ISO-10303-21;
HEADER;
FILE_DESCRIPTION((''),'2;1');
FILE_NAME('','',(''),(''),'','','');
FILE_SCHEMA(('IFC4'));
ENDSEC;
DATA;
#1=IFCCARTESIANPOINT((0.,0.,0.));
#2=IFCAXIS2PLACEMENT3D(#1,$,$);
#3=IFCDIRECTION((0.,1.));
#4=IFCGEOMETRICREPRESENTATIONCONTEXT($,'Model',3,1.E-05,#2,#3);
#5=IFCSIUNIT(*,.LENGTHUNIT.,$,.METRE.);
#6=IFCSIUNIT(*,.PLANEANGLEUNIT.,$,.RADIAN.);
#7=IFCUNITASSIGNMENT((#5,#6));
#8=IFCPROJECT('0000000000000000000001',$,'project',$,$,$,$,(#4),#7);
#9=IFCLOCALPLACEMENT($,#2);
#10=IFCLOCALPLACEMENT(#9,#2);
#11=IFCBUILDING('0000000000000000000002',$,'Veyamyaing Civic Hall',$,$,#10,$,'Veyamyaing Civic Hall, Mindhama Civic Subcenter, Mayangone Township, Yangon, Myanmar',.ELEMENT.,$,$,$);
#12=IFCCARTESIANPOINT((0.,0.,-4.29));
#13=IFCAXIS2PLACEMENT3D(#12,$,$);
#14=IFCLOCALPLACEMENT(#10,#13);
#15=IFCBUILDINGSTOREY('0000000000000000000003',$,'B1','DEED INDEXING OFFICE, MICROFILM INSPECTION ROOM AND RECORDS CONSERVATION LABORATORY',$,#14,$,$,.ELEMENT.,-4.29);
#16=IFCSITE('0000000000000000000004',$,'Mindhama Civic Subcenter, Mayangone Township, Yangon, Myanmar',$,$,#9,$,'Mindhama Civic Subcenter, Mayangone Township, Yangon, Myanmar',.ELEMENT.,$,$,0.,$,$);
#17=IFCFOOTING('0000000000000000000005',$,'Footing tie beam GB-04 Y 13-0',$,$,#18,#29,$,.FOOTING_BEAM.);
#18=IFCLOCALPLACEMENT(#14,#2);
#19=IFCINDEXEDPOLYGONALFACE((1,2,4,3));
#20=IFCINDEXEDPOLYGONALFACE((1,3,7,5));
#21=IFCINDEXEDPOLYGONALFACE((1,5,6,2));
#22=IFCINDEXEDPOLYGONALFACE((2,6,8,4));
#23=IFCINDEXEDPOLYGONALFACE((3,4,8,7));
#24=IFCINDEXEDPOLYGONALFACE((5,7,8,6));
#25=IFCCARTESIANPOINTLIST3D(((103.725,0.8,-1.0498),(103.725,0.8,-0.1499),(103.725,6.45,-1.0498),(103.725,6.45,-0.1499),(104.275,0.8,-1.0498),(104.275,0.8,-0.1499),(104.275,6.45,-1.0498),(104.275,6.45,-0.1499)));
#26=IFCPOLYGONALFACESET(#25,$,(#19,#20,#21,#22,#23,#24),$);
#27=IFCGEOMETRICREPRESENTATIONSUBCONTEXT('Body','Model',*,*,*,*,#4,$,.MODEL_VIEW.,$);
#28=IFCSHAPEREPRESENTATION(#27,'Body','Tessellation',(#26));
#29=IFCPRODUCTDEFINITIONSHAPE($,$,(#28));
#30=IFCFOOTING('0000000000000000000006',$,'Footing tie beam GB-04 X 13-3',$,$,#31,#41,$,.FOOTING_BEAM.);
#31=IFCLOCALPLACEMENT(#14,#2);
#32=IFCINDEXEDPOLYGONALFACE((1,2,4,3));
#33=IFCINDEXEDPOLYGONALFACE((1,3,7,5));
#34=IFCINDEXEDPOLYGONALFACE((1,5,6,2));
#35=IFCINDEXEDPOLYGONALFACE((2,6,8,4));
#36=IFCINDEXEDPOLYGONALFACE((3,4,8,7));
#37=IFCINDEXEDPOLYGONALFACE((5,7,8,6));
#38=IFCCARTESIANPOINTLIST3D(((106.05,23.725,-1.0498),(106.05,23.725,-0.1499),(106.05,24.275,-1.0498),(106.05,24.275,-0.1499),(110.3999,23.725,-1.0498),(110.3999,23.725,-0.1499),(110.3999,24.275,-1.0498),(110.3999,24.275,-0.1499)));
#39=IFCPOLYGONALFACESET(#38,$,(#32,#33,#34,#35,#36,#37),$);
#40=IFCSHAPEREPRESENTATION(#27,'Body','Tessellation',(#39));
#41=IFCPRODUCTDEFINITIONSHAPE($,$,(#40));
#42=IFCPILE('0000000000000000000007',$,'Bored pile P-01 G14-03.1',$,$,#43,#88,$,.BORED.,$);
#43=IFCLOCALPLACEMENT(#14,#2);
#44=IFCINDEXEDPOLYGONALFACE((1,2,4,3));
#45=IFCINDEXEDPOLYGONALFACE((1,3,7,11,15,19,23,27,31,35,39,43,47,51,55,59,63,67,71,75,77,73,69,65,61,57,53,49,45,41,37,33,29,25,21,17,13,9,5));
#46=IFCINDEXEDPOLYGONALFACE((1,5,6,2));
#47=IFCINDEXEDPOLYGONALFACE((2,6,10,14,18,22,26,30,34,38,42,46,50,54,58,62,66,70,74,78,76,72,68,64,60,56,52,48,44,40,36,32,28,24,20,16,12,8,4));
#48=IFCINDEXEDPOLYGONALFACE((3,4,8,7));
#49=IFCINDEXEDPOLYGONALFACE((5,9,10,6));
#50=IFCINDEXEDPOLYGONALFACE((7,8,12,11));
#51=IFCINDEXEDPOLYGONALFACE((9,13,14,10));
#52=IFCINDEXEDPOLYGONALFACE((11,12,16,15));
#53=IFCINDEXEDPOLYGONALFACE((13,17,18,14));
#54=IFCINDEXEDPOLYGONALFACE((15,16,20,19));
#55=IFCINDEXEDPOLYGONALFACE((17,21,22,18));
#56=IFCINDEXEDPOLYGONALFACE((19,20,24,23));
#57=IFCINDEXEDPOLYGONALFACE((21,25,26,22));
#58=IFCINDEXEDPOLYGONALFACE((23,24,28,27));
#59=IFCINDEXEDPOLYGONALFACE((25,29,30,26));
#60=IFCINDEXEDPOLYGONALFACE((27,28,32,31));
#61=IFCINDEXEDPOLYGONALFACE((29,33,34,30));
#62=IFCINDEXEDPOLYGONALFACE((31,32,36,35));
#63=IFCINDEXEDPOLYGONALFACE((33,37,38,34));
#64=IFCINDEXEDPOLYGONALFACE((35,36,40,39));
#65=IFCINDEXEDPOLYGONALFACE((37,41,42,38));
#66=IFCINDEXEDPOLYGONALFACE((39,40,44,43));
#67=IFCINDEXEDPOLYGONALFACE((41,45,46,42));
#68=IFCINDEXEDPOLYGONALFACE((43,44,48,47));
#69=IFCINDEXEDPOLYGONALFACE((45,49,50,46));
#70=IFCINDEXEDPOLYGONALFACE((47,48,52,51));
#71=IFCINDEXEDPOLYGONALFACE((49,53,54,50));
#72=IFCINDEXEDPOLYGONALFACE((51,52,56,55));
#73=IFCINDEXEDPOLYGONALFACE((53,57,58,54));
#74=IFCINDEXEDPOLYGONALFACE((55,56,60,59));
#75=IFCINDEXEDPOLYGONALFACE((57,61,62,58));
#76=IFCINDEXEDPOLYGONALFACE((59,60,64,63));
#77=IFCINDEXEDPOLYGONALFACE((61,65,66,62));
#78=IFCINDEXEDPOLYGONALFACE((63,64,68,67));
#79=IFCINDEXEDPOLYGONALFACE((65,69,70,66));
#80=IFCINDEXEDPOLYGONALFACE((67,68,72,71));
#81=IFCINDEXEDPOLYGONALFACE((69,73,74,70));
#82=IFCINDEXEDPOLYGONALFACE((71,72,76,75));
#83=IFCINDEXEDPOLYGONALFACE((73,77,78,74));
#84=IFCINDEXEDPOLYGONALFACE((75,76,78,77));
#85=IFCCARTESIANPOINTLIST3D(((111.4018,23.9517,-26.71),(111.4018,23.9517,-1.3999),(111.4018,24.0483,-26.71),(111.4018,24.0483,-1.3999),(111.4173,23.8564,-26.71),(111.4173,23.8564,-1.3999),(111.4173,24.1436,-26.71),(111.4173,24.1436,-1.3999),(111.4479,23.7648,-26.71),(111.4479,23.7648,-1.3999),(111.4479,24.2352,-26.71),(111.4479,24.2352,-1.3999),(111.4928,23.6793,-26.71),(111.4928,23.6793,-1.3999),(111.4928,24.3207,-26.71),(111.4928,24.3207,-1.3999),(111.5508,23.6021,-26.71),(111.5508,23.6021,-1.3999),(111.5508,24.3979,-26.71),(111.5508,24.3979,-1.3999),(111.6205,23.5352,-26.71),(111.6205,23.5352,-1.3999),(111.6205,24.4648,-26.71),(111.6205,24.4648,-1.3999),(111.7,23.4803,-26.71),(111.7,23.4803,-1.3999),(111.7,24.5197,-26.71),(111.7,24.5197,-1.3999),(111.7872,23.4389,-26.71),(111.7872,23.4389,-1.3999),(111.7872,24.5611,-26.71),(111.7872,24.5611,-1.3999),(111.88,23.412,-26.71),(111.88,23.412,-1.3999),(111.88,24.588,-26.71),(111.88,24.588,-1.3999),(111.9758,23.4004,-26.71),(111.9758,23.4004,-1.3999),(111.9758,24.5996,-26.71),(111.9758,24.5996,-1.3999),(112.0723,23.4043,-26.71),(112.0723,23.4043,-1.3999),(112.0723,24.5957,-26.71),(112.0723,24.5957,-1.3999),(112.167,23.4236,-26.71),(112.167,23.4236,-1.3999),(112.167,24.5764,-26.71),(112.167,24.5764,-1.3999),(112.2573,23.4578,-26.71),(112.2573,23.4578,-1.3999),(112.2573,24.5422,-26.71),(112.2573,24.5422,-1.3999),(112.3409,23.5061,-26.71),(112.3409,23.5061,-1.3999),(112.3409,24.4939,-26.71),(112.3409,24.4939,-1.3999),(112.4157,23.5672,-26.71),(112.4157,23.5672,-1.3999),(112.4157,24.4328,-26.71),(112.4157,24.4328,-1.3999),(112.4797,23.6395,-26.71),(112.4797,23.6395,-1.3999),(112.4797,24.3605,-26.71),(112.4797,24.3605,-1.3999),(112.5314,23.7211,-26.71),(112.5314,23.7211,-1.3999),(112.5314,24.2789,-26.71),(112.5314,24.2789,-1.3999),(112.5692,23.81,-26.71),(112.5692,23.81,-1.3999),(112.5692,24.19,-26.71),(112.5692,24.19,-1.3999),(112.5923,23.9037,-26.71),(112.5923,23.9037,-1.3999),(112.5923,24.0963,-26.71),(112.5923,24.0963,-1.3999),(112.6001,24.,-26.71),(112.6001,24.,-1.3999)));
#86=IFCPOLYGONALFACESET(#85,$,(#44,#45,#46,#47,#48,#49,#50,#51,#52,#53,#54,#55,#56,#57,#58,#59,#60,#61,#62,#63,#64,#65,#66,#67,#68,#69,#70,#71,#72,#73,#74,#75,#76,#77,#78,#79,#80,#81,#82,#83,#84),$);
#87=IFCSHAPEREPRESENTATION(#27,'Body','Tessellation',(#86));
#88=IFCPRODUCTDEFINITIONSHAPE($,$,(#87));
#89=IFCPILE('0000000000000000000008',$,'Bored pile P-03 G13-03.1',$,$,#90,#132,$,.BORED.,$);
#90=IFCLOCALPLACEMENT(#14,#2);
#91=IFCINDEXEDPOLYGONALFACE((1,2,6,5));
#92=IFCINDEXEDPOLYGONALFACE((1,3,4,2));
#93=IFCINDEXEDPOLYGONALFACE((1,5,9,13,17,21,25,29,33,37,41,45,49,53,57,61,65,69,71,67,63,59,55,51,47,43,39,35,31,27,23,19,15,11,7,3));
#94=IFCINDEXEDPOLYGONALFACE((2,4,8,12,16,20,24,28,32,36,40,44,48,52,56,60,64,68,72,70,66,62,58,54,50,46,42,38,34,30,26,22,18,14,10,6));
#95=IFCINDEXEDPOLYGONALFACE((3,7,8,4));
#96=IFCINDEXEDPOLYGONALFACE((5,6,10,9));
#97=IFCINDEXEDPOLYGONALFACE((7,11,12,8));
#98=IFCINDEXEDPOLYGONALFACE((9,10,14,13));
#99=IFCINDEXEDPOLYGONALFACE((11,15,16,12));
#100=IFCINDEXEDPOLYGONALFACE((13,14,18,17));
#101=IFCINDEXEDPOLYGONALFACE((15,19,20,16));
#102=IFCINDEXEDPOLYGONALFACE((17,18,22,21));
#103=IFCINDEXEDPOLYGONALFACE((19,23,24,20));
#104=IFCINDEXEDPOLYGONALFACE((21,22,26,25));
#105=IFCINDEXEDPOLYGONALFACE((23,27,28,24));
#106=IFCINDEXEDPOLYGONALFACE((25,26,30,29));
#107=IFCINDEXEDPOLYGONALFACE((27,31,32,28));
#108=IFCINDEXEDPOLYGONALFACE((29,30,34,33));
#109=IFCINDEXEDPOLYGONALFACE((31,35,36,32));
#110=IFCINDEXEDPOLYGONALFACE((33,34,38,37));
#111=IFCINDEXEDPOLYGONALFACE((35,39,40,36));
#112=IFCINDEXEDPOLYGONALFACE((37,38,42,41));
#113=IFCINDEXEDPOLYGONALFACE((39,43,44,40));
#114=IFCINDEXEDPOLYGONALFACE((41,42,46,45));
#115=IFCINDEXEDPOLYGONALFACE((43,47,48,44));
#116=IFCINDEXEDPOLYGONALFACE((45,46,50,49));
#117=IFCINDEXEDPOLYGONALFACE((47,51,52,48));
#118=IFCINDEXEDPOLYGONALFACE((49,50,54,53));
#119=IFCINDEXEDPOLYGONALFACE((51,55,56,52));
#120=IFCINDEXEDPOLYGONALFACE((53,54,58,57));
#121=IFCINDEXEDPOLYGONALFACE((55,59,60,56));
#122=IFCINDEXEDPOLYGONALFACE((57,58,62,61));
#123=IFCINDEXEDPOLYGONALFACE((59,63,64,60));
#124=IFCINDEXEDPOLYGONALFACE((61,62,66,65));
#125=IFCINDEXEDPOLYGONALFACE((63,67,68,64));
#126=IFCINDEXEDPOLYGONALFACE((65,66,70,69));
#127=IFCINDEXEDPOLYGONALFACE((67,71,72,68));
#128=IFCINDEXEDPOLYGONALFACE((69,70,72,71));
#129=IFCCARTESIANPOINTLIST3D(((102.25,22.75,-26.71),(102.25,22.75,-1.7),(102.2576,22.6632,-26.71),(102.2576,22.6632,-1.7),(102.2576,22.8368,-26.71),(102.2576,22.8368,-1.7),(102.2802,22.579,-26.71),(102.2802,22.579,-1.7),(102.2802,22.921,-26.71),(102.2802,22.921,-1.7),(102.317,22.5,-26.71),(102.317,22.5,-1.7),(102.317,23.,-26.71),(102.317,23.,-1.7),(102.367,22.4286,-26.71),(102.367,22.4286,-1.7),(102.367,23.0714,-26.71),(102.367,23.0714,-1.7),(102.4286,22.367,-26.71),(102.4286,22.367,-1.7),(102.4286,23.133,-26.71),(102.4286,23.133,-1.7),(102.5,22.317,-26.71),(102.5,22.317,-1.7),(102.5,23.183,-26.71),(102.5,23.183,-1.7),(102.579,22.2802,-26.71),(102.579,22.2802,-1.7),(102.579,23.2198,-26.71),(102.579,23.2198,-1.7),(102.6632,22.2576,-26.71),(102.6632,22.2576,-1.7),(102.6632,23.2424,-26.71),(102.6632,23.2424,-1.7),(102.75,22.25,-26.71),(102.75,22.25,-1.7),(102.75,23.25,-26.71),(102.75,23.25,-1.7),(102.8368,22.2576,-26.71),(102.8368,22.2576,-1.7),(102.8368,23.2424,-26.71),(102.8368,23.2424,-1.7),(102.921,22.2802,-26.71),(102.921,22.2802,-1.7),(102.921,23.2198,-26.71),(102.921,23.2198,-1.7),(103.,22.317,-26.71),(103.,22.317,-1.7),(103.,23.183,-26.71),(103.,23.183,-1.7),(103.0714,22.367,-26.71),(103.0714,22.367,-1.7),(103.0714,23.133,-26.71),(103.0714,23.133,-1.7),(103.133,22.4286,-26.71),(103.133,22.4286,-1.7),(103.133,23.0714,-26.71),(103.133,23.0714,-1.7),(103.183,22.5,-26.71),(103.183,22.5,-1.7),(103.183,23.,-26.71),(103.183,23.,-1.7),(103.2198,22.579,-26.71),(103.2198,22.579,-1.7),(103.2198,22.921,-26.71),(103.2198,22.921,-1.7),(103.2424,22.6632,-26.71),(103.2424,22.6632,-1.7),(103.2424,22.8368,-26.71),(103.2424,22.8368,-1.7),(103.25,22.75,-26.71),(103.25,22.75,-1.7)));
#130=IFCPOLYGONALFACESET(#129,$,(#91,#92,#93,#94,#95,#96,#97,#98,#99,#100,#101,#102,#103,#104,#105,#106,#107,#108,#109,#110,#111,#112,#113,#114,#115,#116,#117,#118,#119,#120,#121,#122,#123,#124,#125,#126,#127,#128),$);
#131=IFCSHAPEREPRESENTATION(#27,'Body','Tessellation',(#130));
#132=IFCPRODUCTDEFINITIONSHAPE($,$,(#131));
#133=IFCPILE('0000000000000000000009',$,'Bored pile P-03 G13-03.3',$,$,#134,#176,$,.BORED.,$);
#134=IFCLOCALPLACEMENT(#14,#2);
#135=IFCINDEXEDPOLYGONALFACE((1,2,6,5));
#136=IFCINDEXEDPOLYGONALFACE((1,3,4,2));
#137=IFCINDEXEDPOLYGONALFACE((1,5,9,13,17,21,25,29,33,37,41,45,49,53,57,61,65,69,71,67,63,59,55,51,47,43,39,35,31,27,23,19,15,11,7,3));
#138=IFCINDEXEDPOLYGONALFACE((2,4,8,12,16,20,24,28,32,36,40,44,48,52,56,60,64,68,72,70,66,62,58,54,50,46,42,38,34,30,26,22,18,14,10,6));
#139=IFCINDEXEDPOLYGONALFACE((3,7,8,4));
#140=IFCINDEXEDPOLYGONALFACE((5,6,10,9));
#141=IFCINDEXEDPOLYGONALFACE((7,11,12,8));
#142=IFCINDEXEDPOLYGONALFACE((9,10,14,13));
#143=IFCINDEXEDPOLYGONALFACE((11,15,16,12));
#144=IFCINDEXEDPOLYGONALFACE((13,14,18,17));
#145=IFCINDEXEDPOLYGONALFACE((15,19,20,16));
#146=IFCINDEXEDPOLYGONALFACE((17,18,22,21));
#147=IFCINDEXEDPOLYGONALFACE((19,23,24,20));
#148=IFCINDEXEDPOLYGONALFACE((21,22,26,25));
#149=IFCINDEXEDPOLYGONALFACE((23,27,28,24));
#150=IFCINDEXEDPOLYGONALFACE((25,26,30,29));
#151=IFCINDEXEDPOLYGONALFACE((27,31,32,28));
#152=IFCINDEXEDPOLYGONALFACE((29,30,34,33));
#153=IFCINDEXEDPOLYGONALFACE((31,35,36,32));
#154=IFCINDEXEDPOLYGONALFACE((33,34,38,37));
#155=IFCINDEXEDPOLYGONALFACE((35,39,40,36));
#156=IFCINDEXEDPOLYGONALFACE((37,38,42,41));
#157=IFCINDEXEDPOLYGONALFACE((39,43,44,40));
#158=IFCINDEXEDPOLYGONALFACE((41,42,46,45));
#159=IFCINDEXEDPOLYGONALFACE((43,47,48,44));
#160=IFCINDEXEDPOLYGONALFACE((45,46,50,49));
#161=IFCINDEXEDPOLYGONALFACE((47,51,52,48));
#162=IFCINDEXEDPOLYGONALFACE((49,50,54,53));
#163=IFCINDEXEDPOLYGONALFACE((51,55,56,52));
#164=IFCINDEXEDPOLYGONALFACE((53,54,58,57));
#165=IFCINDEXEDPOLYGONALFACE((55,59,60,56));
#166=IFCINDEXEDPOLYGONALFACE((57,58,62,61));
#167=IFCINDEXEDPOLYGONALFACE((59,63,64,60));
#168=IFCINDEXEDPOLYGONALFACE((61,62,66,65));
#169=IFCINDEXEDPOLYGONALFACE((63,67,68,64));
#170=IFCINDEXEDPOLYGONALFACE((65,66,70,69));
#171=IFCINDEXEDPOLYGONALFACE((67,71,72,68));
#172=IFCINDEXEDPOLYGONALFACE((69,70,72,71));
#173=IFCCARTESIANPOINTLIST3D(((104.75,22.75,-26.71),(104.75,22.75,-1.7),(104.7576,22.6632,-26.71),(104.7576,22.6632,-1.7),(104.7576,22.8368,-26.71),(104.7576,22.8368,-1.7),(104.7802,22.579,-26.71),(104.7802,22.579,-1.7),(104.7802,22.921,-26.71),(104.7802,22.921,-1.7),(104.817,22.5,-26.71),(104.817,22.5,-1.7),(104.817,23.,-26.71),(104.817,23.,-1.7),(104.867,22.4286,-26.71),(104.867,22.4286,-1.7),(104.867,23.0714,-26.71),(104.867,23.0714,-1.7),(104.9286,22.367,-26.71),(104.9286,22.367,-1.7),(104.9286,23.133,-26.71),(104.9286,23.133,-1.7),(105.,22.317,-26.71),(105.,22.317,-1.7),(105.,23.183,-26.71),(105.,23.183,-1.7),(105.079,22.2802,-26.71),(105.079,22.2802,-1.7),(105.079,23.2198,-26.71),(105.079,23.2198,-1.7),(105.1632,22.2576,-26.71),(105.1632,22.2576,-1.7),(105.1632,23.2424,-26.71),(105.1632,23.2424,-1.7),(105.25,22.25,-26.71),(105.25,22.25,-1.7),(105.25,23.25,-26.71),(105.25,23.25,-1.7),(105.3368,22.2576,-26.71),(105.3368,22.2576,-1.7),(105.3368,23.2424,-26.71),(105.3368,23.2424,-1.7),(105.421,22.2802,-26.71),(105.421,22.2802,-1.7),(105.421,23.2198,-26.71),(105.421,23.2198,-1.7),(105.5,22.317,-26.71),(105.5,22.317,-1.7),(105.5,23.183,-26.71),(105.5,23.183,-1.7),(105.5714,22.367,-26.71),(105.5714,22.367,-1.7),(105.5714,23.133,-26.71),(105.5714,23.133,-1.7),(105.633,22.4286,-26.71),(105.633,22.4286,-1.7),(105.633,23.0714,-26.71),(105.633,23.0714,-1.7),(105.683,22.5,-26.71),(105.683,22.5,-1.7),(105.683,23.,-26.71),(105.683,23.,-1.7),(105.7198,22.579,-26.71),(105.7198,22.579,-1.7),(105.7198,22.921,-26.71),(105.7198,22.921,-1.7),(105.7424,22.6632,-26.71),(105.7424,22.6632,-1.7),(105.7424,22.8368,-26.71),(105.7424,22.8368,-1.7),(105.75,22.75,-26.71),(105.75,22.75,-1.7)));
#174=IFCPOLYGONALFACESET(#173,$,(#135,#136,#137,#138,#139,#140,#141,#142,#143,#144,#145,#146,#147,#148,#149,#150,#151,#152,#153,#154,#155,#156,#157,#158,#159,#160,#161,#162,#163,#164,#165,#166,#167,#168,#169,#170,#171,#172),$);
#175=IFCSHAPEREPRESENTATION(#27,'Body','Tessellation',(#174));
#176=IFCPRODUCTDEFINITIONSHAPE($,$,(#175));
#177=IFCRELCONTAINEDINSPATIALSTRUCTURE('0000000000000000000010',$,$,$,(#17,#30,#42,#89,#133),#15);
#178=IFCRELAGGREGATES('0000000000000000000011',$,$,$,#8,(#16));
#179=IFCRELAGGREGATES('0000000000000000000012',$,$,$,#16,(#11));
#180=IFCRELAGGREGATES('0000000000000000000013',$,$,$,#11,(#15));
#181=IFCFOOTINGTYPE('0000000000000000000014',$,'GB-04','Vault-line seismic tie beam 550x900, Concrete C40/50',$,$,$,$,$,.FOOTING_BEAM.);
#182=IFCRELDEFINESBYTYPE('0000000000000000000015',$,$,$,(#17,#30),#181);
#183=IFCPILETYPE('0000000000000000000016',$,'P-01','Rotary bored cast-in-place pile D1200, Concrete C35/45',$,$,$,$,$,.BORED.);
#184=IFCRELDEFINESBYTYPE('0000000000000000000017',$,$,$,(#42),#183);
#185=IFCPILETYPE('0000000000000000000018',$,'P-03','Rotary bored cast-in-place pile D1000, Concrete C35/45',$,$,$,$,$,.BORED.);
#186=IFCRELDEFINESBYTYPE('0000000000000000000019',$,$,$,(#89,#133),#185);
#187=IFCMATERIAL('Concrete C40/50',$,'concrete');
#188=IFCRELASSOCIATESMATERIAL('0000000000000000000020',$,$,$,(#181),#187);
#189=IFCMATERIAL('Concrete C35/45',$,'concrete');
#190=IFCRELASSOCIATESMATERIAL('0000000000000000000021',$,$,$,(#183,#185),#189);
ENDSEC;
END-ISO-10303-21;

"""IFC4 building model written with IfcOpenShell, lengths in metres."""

from ifc_helpers import new_model, si_unit, direction, frame, origin, origin_2d, place, context, subcontext, project, spatial, rectangle, circle, extrude, material, material_profile, profile_set, type_object, element, save


model = new_model("IFC4")

# Units and contexts
model_context = context("Model", 3, precision=1e-05, world=origin(), true_north=direction((0.0, 1.0)))
body_context = subcontext(model_context, "Body", "Model", "MODEL_VIEW")
ifc_project = project(units=[si_unit("LENGTHUNIT", "METRE"), si_unit("PLANEANGLEUNIT", "RADIAN")], contexts=[model_context])

# Site, building, storey
site_placement = place(None, origin())
site = spatial("IfcSite", under=ifc_project, at=site_placement, Name="Mindhama Civic Subcenter, Mayangone Township, Yangon, Myanmar", LongName="Mindhama Civic Subcenter, Mayangone Township, Yangon, Myanmar", CompositionType="ELEMENT", RefElevation=0.0)
building_placement = place(site_placement, origin())
building = spatial("IfcBuilding", under=site, at=building_placement, Name="Veyamyaing Civic Hall", LongName="Veyamyaing Civic Hall, Mindhama Civic Subcenter, Mayangone Township, Yangon, Myanmar", CompositionType="ELEMENT")
storey_placement = place(building_placement, frame((0.0, 0.0, -4.29)))
storey = spatial("IfcBuildingStorey", under=building, at=storey_placement, Name="B1", Description="DEED INDEXING OFFICE, MICROFILM INSPECTION ROOM AND RECORDS CONSERVATION LABORATORY", CompositionType="ELEMENT", Elevation=-4.29)

# Footings
ifc_material_1 = material(Name="Concrete C40/50", Category="concrete")
ifc_material_profile_1 = material_profile(ifc_material_1, rectangle(XDim=0.55, YDim=0.8999, at=origin_2d()), Name="GB-550X900")
ifc_profile_set_1 = profile_set([ifc_material_profile_1], Name="Concrete C40/50")
footing_type_1 = type_object("IfcFootingType", Name="GB-04", Description="Vault-line seismic tie beam 550x900, Concrete C40/50", PredefinedType="FOOTING_BEAM", material=ifc_profile_set_1)
footing_1_placement = place(storey_placement, frame((104.0, 0.8, -0.5999), z_axis=(0.0, 1.0, 0.0), x_axis=(-1.0, 0.0, 0.0)))
element("IfcFooting", 1, at=footing_1_placement, inside=storey, type_object=footing_type_1, Name="Footing tie beam GB-04 Y 13-0", PredefinedType="FOOTING_BEAM", context=body_context, shape_type="SweptSolid", body=[
    extrude(rectangle(XDim=0.55, YDim=0.8999, at=origin_2d()), origin(), (0.0, 0.0, 1.0), 5.6499),
])
footing_2_placement = place(storey_placement, frame((106.05, 24.0, -0.5999), z_axis=(1.0, 0.0, 0.0), x_axis=(0.0, 1.0, 0.0)))
element("IfcFooting", 2, at=footing_2_placement, inside=storey, type_object=footing_type_1, Name="Footing tie beam GB-04 X 13-3", PredefinedType="FOOTING_BEAM", context=body_context, shape_type="SweptSolid", body=[
    extrude(rectangle(XDim=0.55, YDim=0.8999, at=origin_2d()), origin(), (0.0, 0.0, 1.0), 4.3499),
])

# Piles
ifc_material_2 = material(Name="Concrete C35/45", Category="concrete")
ifc_material_profile_2 = material_profile(ifc_material_2, circle(Radius=0.6001, at=origin_2d()), Name="PILE-D1200")
ifc_profile_set_2 = profile_set([ifc_material_profile_2], Name="Concrete C35/45")
pile_type_1 = type_object("IfcPileType", Name="P-01", Description="Rotary bored cast-in-place pile D1200, Concrete C35/45", PredefinedType="BORED", material=ifc_profile_set_2)
pile_1_placement = place(storey_placement, frame((112.0, 24.0, -1.3999), z_axis=(0.0, 0.0, -1.0), x_axis=(1.0, 0.0, 0.0)))
element("IfcPile", 3, at=pile_1_placement, inside=storey, type_object=pile_type_1, Name="Bored pile P-01 G14-03.1", PredefinedType="BORED", context=body_context, shape_type="SweptSolid", body=[
    extrude(circle(Radius=0.6001, at=origin_2d()), origin(), (0.0, 0.0, 1.0), 25.3101),
])
ifc_material_profile_3 = material_profile(ifc_material_2, circle(Radius=0.5, at=origin_2d()), Name="PILE-D1000")
ifc_profile_set_3 = profile_set([ifc_material_profile_3], Name="Concrete C35/45")
pile_type_2 = type_object("IfcPileType", Name="P-03", Description="Rotary bored cast-in-place pile D1000, Concrete C35/45", PredefinedType="BORED", material=ifc_profile_set_3)
for number, where, z_axis, x_axis, name in (
    (4, (102.75, 22.75, -1.7), (0.0, 0.0, -1.0), (1.0, 0.0, 0.0), "Bored pile P-03 G13-03.1"),
    (5, (105.25, 22.75, -1.7), (0.0, 0.0, -1.0), (1.0, 0.0, 0.0), "Bored pile P-03 G13-03.3"),
):
    element("IfcPile", number, at=place(storey_placement, frame(where, z_axis=z_axis, x_axis=x_axis)), inside=storey, type_object=pile_type_2, Name=name, PredefinedType="BORED", context=body_context, shape_type="SweptSolid", body=[
        extrude(circle(Radius=0.5, at=origin_2d()), origin(), (0.0, 0.0, 1.0), 25.01),
    ])

save(model, "model.ifc")
